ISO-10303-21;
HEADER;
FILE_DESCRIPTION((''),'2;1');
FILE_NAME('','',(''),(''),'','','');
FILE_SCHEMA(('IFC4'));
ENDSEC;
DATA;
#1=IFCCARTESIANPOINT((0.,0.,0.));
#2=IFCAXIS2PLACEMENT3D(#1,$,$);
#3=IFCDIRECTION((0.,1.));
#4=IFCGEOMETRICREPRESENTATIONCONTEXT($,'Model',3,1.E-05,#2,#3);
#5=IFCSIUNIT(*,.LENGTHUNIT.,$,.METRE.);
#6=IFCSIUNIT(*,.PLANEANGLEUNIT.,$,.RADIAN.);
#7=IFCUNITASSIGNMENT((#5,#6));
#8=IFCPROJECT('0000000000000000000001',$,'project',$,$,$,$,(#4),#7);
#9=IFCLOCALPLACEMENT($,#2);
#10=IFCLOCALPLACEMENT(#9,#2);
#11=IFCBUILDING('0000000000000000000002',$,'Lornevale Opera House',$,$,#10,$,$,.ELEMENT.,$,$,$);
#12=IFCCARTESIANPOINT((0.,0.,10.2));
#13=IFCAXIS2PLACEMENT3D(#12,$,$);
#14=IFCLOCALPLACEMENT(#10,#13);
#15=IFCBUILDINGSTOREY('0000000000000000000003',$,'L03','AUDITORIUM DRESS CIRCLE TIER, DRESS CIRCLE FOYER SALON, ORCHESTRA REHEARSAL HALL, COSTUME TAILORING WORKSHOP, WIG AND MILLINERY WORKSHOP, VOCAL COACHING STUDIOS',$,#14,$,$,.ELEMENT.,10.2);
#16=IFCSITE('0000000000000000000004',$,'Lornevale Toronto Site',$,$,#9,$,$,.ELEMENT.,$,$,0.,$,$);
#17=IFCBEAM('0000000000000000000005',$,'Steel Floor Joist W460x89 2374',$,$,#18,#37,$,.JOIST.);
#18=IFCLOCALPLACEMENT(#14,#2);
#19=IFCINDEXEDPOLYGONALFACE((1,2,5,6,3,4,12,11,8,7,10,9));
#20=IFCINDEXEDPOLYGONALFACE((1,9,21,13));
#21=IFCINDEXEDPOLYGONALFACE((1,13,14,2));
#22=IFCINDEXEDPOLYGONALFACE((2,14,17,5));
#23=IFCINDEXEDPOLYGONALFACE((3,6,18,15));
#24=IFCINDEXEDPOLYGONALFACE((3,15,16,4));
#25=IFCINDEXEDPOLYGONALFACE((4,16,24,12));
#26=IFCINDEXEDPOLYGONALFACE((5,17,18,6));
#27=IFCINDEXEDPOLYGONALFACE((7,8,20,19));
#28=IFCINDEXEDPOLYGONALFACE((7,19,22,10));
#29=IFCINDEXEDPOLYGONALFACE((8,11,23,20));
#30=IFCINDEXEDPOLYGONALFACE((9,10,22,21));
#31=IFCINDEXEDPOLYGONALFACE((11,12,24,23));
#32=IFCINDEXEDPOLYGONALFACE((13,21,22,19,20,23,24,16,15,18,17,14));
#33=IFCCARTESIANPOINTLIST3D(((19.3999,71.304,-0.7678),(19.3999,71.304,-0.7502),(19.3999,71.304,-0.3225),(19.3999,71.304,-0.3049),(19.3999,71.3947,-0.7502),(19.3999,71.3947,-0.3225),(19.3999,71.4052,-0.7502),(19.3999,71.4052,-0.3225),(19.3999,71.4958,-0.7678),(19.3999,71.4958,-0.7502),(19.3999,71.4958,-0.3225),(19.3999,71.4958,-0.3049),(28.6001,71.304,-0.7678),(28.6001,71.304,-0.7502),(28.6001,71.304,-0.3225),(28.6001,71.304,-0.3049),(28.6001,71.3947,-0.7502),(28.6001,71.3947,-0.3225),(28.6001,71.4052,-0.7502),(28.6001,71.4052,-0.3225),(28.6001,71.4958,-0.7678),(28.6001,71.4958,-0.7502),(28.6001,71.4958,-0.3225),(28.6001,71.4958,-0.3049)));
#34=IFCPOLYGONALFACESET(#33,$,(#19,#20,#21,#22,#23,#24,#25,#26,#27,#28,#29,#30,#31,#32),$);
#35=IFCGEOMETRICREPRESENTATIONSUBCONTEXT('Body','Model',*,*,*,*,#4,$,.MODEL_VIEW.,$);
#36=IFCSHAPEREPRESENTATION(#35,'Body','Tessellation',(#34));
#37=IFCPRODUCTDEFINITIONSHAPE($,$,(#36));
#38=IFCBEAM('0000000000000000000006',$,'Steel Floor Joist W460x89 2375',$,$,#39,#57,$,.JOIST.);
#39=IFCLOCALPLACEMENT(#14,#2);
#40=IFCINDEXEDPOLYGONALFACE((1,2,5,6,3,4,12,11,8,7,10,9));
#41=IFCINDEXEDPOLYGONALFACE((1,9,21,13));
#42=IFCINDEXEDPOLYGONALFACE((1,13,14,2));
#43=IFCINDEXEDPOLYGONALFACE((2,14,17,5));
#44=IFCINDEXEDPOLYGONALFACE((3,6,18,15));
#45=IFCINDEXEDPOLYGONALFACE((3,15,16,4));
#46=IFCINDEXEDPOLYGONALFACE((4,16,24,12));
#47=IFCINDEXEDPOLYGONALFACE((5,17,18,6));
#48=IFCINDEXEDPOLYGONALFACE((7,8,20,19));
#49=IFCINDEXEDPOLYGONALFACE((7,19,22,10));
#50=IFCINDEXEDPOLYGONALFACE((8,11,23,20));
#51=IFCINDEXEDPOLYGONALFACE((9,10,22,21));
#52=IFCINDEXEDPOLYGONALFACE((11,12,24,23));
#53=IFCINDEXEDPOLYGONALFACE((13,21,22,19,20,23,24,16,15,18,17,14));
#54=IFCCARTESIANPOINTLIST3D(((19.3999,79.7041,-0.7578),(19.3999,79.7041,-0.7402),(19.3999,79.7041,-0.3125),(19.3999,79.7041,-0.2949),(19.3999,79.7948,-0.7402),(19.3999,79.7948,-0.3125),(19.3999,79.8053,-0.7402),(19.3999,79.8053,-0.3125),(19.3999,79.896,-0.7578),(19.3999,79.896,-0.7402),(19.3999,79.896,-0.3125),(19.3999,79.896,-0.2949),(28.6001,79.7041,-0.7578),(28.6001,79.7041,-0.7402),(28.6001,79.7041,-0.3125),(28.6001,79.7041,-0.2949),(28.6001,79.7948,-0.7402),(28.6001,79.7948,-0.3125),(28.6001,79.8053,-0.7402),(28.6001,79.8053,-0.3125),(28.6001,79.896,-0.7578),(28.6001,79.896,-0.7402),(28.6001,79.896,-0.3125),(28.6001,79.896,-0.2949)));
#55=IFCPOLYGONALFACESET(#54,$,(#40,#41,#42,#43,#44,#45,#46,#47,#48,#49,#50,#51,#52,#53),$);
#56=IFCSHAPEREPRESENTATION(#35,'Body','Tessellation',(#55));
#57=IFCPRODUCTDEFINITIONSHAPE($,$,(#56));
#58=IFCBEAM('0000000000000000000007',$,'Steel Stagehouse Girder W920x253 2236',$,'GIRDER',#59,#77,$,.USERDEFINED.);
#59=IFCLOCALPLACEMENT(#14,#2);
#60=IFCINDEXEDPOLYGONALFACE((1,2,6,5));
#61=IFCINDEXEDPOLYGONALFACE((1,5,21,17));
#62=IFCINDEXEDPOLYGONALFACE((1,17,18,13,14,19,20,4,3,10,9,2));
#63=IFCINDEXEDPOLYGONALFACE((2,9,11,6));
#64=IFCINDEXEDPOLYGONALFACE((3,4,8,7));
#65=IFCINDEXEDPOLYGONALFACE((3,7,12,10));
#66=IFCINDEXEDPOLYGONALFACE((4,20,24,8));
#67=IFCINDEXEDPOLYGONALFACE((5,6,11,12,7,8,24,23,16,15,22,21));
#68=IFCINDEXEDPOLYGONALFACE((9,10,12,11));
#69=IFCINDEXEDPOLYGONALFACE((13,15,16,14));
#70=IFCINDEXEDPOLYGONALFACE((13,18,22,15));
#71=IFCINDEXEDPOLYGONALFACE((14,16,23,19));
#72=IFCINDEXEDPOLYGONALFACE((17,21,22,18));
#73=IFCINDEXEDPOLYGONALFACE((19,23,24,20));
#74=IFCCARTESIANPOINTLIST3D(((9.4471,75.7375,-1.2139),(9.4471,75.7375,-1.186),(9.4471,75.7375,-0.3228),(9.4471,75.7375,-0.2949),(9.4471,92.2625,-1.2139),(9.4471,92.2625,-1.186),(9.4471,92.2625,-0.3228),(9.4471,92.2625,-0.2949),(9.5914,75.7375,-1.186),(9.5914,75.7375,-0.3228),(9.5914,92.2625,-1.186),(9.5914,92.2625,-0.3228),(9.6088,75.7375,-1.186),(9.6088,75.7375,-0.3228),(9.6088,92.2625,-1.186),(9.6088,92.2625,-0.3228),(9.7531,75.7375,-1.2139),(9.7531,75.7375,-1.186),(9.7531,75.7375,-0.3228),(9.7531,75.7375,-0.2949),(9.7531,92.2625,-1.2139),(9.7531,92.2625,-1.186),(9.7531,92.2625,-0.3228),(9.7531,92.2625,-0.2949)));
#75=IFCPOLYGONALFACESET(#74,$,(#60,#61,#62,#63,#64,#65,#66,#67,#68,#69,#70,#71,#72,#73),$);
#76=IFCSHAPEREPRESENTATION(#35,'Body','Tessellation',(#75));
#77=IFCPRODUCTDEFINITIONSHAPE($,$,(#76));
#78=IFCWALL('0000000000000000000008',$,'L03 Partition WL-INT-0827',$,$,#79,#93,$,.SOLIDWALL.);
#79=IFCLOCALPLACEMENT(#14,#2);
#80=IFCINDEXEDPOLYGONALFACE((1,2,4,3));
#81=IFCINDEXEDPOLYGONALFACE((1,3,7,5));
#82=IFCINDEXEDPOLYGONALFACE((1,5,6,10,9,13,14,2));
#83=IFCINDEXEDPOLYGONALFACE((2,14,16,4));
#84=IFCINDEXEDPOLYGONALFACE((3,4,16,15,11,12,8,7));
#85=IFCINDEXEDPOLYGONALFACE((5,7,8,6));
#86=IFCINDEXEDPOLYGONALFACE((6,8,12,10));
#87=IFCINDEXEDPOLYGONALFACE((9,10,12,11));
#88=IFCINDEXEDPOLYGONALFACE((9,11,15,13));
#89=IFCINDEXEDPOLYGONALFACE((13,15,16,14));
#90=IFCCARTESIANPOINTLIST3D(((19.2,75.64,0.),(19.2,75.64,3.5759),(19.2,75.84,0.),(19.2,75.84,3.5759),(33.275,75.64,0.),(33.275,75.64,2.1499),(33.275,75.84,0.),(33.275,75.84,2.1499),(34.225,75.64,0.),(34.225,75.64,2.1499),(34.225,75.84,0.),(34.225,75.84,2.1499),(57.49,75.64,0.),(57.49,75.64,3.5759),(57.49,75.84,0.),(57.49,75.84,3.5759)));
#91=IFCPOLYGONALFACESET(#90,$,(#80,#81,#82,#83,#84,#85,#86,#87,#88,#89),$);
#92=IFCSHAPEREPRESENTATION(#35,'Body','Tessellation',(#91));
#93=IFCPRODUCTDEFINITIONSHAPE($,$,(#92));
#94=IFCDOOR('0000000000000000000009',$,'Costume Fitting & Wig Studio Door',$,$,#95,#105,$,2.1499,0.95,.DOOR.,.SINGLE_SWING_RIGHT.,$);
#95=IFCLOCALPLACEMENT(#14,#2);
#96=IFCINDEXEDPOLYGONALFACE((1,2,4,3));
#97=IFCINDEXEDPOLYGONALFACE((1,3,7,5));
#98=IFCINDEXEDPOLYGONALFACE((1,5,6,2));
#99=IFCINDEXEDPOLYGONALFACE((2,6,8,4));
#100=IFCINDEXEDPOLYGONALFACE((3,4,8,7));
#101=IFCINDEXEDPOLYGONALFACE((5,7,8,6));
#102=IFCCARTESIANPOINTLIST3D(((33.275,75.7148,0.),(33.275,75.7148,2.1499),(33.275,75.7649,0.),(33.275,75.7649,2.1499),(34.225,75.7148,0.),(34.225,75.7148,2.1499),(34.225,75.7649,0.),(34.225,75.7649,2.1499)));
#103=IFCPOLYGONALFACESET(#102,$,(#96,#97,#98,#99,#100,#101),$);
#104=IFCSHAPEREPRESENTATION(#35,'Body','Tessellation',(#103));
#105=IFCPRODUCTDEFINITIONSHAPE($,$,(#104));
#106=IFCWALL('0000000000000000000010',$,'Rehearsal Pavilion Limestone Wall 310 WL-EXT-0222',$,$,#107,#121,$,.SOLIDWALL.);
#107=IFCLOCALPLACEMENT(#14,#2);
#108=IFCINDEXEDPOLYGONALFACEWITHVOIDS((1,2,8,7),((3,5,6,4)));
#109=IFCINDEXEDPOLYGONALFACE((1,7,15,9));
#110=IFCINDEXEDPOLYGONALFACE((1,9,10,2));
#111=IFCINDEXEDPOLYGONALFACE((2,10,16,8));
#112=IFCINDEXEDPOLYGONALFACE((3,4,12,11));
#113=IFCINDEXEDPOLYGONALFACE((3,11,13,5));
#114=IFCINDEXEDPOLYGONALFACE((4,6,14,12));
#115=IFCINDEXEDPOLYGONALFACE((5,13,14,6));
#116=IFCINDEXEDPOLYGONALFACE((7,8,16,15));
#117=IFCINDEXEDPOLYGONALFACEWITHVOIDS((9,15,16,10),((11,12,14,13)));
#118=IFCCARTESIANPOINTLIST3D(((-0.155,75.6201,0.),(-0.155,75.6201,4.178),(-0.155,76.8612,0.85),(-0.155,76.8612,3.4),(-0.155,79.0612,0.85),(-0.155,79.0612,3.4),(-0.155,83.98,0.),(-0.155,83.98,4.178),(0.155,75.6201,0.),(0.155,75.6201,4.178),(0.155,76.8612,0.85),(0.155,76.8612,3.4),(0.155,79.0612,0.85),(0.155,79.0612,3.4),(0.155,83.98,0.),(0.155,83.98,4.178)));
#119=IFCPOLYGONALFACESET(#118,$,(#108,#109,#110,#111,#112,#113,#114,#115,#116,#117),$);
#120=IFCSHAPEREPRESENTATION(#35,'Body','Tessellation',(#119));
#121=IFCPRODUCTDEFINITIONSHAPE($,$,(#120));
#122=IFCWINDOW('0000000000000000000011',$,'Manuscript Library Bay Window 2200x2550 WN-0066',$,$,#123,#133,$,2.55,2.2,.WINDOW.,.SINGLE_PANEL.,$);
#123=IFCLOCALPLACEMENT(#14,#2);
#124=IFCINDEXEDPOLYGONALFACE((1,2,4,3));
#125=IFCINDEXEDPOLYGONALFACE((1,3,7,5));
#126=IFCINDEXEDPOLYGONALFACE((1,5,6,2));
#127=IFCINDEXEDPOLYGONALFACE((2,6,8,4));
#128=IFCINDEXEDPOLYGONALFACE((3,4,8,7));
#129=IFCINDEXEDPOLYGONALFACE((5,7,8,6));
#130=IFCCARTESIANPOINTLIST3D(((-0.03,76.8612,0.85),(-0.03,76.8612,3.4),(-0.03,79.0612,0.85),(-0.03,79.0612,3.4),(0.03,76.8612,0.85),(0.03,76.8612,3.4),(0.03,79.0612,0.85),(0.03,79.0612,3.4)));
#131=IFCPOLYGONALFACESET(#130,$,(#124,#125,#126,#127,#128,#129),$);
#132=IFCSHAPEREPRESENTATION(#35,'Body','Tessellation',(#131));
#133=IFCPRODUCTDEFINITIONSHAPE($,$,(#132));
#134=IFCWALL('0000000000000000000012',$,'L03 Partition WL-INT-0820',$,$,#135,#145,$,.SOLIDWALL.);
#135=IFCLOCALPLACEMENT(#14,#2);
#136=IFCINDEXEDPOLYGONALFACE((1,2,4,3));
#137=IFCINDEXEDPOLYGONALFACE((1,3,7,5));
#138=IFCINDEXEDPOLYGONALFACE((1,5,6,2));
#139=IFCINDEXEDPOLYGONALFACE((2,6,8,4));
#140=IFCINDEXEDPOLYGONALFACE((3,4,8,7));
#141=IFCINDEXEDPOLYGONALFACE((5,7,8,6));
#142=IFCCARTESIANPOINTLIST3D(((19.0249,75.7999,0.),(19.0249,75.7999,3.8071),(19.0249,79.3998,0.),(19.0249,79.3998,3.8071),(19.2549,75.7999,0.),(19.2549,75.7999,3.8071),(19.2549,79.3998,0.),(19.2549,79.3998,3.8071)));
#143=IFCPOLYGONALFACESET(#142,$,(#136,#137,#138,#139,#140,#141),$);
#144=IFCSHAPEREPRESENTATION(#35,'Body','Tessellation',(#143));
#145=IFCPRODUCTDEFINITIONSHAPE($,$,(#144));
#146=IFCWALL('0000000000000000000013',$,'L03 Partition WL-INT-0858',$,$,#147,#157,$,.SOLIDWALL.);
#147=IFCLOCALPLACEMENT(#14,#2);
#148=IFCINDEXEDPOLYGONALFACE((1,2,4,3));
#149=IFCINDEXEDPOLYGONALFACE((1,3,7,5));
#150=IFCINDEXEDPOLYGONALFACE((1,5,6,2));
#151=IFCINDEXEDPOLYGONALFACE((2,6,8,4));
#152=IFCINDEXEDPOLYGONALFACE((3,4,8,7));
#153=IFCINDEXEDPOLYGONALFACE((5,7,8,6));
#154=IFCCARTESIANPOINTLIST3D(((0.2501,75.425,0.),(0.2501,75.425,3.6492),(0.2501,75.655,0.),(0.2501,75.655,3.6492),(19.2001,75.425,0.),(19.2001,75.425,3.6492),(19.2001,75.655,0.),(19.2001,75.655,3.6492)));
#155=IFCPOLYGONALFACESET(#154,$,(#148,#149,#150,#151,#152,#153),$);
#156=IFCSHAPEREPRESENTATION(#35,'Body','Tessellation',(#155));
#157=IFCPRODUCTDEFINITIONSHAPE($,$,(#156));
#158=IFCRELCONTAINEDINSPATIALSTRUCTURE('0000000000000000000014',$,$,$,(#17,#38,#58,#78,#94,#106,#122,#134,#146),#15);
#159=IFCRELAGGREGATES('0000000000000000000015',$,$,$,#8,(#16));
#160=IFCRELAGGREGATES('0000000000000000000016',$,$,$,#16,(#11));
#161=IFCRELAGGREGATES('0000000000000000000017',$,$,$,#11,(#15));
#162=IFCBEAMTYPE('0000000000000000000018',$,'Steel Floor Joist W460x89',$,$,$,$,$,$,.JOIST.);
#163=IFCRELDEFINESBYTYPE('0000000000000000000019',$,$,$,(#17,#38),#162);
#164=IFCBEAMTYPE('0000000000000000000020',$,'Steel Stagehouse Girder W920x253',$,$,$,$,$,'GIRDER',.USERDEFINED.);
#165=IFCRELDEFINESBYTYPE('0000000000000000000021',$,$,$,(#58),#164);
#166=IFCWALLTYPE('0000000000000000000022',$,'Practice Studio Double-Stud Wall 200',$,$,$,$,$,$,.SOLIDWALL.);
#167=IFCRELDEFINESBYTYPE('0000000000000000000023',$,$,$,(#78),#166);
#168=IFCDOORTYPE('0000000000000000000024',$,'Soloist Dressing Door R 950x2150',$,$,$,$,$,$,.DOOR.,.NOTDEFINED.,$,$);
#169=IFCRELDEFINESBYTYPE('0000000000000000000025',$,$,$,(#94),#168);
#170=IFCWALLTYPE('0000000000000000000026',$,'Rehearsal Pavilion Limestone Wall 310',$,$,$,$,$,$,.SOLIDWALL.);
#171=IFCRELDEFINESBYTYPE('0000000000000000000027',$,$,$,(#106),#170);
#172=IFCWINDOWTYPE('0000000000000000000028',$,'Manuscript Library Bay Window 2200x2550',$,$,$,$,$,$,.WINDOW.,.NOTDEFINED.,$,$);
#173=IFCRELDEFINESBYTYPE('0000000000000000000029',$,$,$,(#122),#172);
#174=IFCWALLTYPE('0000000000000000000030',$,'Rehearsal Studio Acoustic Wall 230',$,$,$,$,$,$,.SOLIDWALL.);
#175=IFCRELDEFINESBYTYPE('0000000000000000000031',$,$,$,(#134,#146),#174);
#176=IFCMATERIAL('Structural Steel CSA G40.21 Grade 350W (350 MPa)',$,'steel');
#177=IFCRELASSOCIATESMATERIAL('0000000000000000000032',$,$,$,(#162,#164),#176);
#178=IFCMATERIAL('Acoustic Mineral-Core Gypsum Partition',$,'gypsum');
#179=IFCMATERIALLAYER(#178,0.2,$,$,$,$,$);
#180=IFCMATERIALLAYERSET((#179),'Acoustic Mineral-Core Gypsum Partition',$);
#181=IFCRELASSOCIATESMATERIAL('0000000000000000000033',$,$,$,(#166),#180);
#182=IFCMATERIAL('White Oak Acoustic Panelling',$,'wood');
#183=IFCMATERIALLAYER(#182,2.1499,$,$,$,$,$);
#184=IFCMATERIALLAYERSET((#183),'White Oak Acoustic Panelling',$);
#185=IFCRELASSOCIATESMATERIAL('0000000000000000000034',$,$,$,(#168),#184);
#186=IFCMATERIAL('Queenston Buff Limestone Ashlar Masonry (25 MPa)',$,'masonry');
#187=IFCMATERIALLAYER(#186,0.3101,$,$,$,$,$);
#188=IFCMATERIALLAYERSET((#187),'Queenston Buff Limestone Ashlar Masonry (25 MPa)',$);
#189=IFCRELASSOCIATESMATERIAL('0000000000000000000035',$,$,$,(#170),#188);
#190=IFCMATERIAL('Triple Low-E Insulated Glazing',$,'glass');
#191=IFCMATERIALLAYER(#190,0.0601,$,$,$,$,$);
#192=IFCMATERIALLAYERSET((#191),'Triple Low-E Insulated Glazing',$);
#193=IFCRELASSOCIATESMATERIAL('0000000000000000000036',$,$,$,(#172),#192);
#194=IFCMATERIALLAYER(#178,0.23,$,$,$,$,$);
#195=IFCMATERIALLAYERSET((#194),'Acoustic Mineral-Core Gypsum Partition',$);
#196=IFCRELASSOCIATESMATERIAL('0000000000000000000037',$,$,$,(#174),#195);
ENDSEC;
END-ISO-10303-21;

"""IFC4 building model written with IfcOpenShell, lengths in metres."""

from ifc_helpers import new_model, si_unit, direction, frame, frame_2d, origin, origin_2d, place, context, subcontext, project, spatial, rectangle, i_section, extrude, material, layer, layer_set, material_profile, profile_set, type_object, element, fill, save


model = new_model("IFC4")

# Units and contexts
model_context = context("Model", 3, precision=1e-05, world=origin(), true_north=direction((0.0, 1.0)))
body_context = subcontext(model_context, "Body", "Model", "MODEL_VIEW")
ifc_project = project(units=[si_unit("LENGTHUNIT", "METRE"), si_unit("PLANEANGLEUNIT", "RADIAN")], contexts=[model_context])

# Site, building, storey
site_placement = place(None, origin())
site = spatial("IfcSite", under=ifc_project, at=site_placement, Name="Lornevale Toronto Site", CompositionType="ELEMENT", RefElevation=0.0)
building_placement = place(site_placement, origin())
building = spatial("IfcBuilding", under=site, at=building_placement, Name="Lornevale Opera House", CompositionType="ELEMENT")
storey_placement = place(building_placement, frame((0.0, 0.0, 10.2)))
storey = spatial("IfcBuildingStorey", under=building, at=storey_placement, Name="L03", Description="AUDITORIUM DRESS CIRCLE TIER, DRESS CIRCLE FOYER SALON, ORCHESTRA REHEARSAL HALL, COSTUME TAILORING WORKSHOP, WIG AND MILLINERY WORKSHOP, VOCAL COACHING STUDIOS", CompositionType="ELEMENT", Elevation=10.2)

# Shared definitions
ifc_material_1 = material(Name="Structural Steel CSA G40.21 Grade 350W (350 MPa)", Category="steel")

# Beams
ifc_material_profile_1 = material_profile(ifc_material_1, i_section(OverallWidth=0.1919, OverallDepth=0.4629, WebThickness=0.0105, FlangeThickness=0.0176, at=origin_2d()), Name="W460x89")
ifc_profile_set_1 = profile_set([ifc_material_profile_1], Name="Structural Steel CSA G40.21 Grade 350W (350 MPa)")
beam_type_1 = type_object("IfcBeamType", Name="Steel Floor Joist W460x89", PredefinedType="JOIST", material=ifc_profile_set_1)
for number, where, z_axis, x_axis, name in (
    (1, (19.3999, 71.3999, -0.5364), (1.0, 0.0, 0.0), (0.0, 1.0, 0.0), "Steel Floor Joist W460x89 2374"),
    (2, (19.3999, 79.8, -0.5264), (1.0, 0.0, 0.0), (0.0, 1.0, 0.0), "Steel Floor Joist W460x89 2375"),
):
    element("IfcBeam", number, at=place(storey_placement, frame(where, z_axis=z_axis, x_axis=x_axis)), inside=storey, type_object=beam_type_1, Name=name, PredefinedType="JOIST", context=body_context, shape_type="SweptSolid", body=[
        extrude(i_section(OverallWidth=0.1919, OverallDepth=0.4629, WebThickness=0.0105, FlangeThickness=0.0176, at=origin_2d()), origin(), (0.0, 0.0, 1.0), 9.2002),
    ])
ifc_material_profile_2 = material_profile(ifc_material_1, i_section(OverallWidth=0.3059, OverallDepth=0.9189, WebThickness=0.0173, FlangeThickness=0.0278, at=origin_2d()), Name="W920x253")
ifc_profile_set_2 = profile_set([ifc_material_profile_2], Name="Structural Steel CSA G40.21 Grade 350W (350 MPa)")
beam_type_2 = type_object("IfcBeamType", Name="Steel Stagehouse Girder W920x253", ElementType="GIRDER", PredefinedType="USERDEFINED", material=ifc_profile_set_2)
beam_1_placement = place(storey_placement, frame((9.6001, 75.7375, -0.7544), z_axis=(0.0, 1.0, 0.0), x_axis=(-1.0, 0.0, 0.0)))
element("IfcBeam", 3, at=beam_1_placement, inside=storey, type_object=beam_type_2, Name="Steel Stagehouse Girder W920x253 2236", ObjectType="GIRDER", PredefinedType="USERDEFINED", context=body_context, shape_type="SweptSolid", body=[
    extrude(i_section(OverallWidth=0.3059, OverallDepth=0.9189, WebThickness=0.0173, FlangeThickness=0.0278, at=origin_2d()), origin(), (0.0, 0.0, 1.0), 16.5249),
])

# Wall, opening, door
ifc_material_2 = material(Name="Acoustic Mineral-Core Gypsum Partition", Category="gypsum")
ifc_layer_1 = layer(ifc_material_2, 0.2)
ifc_layer_set_1 = layer_set([ifc_layer_1], Name="Acoustic Mineral-Core Gypsum Partition")
wall_type_1 = type_object("IfcWallType", Name="Practice Studio Double-Stud Wall 200", PredefinedType="SOLIDWALL", material=ifc_layer_set_1)
wall_1_placement = place(storey_placement, frame((19.2, 75.74, 0.0), z_axis=(0.0, 0.0, 1.0), x_axis=(1.0, 0.0, 0.0)))
wall_1 = element("IfcWall", 4, at=wall_1_placement, inside=storey, type_object=wall_type_1, Name="L03 Partition WL-INT-0827", PredefinedType="SOLIDWALL", context=body_context, shape_type="SweptSolid", body=[
    extrude(rectangle(XDim=38.29, YDim=0.2, at=frame_2d((19.145, 0.0))), origin(), (0.0, 0.0, 1.0), 3.5759),
])
opening_1_placement = place(wall_1_placement, frame((14.075, 0.0, 0.0)))
opening_1 = element("IfcOpeningElement", 5, at=opening_1_placement, cuts=wall_1, PredefinedType="OPENING", context=body_context, shape_type="SweptSolid", body=[
    extrude(rectangle(XDim=0.95, YDim=2.1499, at=frame_2d((0.4751, 1.075))), frame((0.0, 0.1099, 0.0), z_axis=(0.0, -1.0, 0.0), x_axis=(1.0, 0.0, 0.0)), (0.0, 0.0, 1.0), 0.22),
])
ifc_material_3 = material(Name="White Oak Acoustic Panelling", Category="wood")
ifc_layer_2 = layer(ifc_material_3, 2.1499)
ifc_layer_set_2 = layer_set([ifc_layer_2], Name="White Oak Acoustic Panelling")
door_type_1 = type_object("IfcDoorType", Name="Soloist Dressing Door R 950x2150", OperationType="NOTDEFINED", PredefinedType="DOOR", material=ifc_layer_set_2)
door_1_placement = place(opening_1_placement, origin())
door_1 = element("IfcDoor", 6, at=door_1_placement, inside=storey, type_object=door_type_1, Name="Costume Fitting & Wig Studio Door", OperationType="SINGLE_SWING_RIGHT", OverallHeight=2.1499, OverallWidth=0.95, PredefinedType="DOOR", context=body_context, shape_type="SweptSolid", body=[
    extrude(rectangle(XDim=0.95, YDim=2.1499, at=frame_2d((0.4751, 1.075))), frame((0.0, 0.0249, 0.0), z_axis=(0.0, -1.0, 0.0), x_axis=(1.0, 0.0, 0.0)), (0.0, 0.0, 1.0), 0.05),
])
fill(opening_1, door_1)

# Wall, opening, window
ifc_material_4 = material(Name="Queenston Buff Limestone Ashlar Masonry (25 MPa)", Category="masonry")
ifc_layer_3 = layer(ifc_material_4, 0.3101)
ifc_layer_set_3 = layer_set([ifc_layer_3], Name="Queenston Buff Limestone Ashlar Masonry (25 MPa)")
wall_type_2 = type_object("IfcWallType", Name="Rehearsal Pavilion Limestone Wall 310", PredefinedType="SOLIDWALL", material=ifc_layer_set_3)
wall_2_placement = place(storey_placement, frame((0.0, 75.6201, 0.0), z_axis=(0.0, 0.0, 1.0), x_axis=(0.0, 1.0, 0.0)))
wall_2 = element("IfcWall", 7, at=wall_2_placement, inside=storey, type_object=wall_type_2, Name="Rehearsal Pavilion Limestone Wall 310 WL-EXT-0222", PredefinedType="SOLIDWALL", context=body_context, shape_type="SweptSolid", body=[
    extrude(rectangle(XDim=8.3599, YDim=0.3101, at=frame_2d((4.1799, 0.0))), origin(), (0.0, 0.0, 1.0), 4.178),
])
opening_2_placement = place(wall_2_placement, frame((1.241, 0.0, 0.8501)))
opening_2 = element("IfcOpeningElement", 8, at=opening_2_placement, cuts=wall_2, PredefinedType="OPENING", context=body_context, shape_type="SweptSolid", body=[
    extrude(rectangle(XDim=2.2, YDim=2.55, at=frame_2d((1.1001, 1.2749))), frame((0.0, 0.165, 0.0), z_axis=(0.0, -1.0, 0.0), x_axis=(1.0, 0.0, 0.0)), (0.0, 0.0, 1.0), 0.3301),
])
ifc_material_5 = material(Name="Triple Low-E Insulated Glazing", Category="glass")
ifc_layer_4 = layer(ifc_material_5, 0.0601)
ifc_layer_set_4 = layer_set([ifc_layer_4], Name="Triple Low-E Insulated Glazing")
window_type = type_object("IfcWindowType", Name="Manuscript Library Bay Window 2200x2550", PartitioningType="NOTDEFINED", PredefinedType="WINDOW", material=ifc_layer_set_4)
window_placement = place(opening_2_placement, origin())
window = element("IfcWindow", 9, at=window_placement, inside=storey, type_object=window_type, Name="Manuscript Library Bay Window 2200x2550 WN-0066", OverallHeight=2.55, OverallWidth=2.2, PartitioningType="SINGLE_PANEL", PredefinedType="WINDOW", context=body_context, shape_type="SweptSolid", body=[
    extrude(rectangle(XDim=2.2, YDim=2.55, at=frame_2d((1.1001, 1.2749))), frame((0.0, 0.03, 0.0), z_axis=(0.0, -1.0, 0.0), x_axis=(1.0, 0.0, 0.0)), (0.0, 0.0, 1.0), 0.0601),
])
fill(opening_2, window)

# Wall
ifc_layer_5 = layer(ifc_material_2, 0.23)
ifc_layer_set_5 = layer_set([ifc_layer_5], Name="Acoustic Mineral-Core Gypsum Partition")
wall_type_3 = type_object("IfcWallType", Name="Rehearsal Studio Acoustic Wall 230", PredefinedType="SOLIDWALL", material=ifc_layer_set_5)
wall_3_placement = place(storey_placement, frame((19.1399, 75.8, 0.0), z_axis=(0.0, 0.0, 1.0), x_axis=(0.0, 1.0, 0.0)))
element("IfcWall", 10, at=wall_3_placement, inside=storey, type_object=wall_type_3, Name="L03 Partition WL-INT-0820", PredefinedType="SOLIDWALL", context=body_context, shape_type="SweptSolid", body=[
    extrude(rectangle(XDim=3.5999, YDim=0.23, at=frame_2d((1.7998, 0.0))), origin(), (0.0, 0.0, 1.0), 3.8071),
])

# Wall
wall_4_placement = place(storey_placement, frame((0.25, 75.54, 0.0), z_axis=(0.0, 0.0, 1.0), x_axis=(1.0, 0.0, 0.0)))
element("IfcWall", 11, at=wall_4_placement, inside=storey, type_object=wall_type_3, Name="L03 Partition WL-INT-0858", PredefinedType="SOLIDWALL", context=body_context, shape_type="SweptSolid", body=[
    extrude(rectangle(XDim=18.95, YDim=0.23, at=frame_2d((9.4751, 0.0))), origin(), (0.0, 0.0, 1.0), 3.6492),
])

save(model, "model.ifc")
